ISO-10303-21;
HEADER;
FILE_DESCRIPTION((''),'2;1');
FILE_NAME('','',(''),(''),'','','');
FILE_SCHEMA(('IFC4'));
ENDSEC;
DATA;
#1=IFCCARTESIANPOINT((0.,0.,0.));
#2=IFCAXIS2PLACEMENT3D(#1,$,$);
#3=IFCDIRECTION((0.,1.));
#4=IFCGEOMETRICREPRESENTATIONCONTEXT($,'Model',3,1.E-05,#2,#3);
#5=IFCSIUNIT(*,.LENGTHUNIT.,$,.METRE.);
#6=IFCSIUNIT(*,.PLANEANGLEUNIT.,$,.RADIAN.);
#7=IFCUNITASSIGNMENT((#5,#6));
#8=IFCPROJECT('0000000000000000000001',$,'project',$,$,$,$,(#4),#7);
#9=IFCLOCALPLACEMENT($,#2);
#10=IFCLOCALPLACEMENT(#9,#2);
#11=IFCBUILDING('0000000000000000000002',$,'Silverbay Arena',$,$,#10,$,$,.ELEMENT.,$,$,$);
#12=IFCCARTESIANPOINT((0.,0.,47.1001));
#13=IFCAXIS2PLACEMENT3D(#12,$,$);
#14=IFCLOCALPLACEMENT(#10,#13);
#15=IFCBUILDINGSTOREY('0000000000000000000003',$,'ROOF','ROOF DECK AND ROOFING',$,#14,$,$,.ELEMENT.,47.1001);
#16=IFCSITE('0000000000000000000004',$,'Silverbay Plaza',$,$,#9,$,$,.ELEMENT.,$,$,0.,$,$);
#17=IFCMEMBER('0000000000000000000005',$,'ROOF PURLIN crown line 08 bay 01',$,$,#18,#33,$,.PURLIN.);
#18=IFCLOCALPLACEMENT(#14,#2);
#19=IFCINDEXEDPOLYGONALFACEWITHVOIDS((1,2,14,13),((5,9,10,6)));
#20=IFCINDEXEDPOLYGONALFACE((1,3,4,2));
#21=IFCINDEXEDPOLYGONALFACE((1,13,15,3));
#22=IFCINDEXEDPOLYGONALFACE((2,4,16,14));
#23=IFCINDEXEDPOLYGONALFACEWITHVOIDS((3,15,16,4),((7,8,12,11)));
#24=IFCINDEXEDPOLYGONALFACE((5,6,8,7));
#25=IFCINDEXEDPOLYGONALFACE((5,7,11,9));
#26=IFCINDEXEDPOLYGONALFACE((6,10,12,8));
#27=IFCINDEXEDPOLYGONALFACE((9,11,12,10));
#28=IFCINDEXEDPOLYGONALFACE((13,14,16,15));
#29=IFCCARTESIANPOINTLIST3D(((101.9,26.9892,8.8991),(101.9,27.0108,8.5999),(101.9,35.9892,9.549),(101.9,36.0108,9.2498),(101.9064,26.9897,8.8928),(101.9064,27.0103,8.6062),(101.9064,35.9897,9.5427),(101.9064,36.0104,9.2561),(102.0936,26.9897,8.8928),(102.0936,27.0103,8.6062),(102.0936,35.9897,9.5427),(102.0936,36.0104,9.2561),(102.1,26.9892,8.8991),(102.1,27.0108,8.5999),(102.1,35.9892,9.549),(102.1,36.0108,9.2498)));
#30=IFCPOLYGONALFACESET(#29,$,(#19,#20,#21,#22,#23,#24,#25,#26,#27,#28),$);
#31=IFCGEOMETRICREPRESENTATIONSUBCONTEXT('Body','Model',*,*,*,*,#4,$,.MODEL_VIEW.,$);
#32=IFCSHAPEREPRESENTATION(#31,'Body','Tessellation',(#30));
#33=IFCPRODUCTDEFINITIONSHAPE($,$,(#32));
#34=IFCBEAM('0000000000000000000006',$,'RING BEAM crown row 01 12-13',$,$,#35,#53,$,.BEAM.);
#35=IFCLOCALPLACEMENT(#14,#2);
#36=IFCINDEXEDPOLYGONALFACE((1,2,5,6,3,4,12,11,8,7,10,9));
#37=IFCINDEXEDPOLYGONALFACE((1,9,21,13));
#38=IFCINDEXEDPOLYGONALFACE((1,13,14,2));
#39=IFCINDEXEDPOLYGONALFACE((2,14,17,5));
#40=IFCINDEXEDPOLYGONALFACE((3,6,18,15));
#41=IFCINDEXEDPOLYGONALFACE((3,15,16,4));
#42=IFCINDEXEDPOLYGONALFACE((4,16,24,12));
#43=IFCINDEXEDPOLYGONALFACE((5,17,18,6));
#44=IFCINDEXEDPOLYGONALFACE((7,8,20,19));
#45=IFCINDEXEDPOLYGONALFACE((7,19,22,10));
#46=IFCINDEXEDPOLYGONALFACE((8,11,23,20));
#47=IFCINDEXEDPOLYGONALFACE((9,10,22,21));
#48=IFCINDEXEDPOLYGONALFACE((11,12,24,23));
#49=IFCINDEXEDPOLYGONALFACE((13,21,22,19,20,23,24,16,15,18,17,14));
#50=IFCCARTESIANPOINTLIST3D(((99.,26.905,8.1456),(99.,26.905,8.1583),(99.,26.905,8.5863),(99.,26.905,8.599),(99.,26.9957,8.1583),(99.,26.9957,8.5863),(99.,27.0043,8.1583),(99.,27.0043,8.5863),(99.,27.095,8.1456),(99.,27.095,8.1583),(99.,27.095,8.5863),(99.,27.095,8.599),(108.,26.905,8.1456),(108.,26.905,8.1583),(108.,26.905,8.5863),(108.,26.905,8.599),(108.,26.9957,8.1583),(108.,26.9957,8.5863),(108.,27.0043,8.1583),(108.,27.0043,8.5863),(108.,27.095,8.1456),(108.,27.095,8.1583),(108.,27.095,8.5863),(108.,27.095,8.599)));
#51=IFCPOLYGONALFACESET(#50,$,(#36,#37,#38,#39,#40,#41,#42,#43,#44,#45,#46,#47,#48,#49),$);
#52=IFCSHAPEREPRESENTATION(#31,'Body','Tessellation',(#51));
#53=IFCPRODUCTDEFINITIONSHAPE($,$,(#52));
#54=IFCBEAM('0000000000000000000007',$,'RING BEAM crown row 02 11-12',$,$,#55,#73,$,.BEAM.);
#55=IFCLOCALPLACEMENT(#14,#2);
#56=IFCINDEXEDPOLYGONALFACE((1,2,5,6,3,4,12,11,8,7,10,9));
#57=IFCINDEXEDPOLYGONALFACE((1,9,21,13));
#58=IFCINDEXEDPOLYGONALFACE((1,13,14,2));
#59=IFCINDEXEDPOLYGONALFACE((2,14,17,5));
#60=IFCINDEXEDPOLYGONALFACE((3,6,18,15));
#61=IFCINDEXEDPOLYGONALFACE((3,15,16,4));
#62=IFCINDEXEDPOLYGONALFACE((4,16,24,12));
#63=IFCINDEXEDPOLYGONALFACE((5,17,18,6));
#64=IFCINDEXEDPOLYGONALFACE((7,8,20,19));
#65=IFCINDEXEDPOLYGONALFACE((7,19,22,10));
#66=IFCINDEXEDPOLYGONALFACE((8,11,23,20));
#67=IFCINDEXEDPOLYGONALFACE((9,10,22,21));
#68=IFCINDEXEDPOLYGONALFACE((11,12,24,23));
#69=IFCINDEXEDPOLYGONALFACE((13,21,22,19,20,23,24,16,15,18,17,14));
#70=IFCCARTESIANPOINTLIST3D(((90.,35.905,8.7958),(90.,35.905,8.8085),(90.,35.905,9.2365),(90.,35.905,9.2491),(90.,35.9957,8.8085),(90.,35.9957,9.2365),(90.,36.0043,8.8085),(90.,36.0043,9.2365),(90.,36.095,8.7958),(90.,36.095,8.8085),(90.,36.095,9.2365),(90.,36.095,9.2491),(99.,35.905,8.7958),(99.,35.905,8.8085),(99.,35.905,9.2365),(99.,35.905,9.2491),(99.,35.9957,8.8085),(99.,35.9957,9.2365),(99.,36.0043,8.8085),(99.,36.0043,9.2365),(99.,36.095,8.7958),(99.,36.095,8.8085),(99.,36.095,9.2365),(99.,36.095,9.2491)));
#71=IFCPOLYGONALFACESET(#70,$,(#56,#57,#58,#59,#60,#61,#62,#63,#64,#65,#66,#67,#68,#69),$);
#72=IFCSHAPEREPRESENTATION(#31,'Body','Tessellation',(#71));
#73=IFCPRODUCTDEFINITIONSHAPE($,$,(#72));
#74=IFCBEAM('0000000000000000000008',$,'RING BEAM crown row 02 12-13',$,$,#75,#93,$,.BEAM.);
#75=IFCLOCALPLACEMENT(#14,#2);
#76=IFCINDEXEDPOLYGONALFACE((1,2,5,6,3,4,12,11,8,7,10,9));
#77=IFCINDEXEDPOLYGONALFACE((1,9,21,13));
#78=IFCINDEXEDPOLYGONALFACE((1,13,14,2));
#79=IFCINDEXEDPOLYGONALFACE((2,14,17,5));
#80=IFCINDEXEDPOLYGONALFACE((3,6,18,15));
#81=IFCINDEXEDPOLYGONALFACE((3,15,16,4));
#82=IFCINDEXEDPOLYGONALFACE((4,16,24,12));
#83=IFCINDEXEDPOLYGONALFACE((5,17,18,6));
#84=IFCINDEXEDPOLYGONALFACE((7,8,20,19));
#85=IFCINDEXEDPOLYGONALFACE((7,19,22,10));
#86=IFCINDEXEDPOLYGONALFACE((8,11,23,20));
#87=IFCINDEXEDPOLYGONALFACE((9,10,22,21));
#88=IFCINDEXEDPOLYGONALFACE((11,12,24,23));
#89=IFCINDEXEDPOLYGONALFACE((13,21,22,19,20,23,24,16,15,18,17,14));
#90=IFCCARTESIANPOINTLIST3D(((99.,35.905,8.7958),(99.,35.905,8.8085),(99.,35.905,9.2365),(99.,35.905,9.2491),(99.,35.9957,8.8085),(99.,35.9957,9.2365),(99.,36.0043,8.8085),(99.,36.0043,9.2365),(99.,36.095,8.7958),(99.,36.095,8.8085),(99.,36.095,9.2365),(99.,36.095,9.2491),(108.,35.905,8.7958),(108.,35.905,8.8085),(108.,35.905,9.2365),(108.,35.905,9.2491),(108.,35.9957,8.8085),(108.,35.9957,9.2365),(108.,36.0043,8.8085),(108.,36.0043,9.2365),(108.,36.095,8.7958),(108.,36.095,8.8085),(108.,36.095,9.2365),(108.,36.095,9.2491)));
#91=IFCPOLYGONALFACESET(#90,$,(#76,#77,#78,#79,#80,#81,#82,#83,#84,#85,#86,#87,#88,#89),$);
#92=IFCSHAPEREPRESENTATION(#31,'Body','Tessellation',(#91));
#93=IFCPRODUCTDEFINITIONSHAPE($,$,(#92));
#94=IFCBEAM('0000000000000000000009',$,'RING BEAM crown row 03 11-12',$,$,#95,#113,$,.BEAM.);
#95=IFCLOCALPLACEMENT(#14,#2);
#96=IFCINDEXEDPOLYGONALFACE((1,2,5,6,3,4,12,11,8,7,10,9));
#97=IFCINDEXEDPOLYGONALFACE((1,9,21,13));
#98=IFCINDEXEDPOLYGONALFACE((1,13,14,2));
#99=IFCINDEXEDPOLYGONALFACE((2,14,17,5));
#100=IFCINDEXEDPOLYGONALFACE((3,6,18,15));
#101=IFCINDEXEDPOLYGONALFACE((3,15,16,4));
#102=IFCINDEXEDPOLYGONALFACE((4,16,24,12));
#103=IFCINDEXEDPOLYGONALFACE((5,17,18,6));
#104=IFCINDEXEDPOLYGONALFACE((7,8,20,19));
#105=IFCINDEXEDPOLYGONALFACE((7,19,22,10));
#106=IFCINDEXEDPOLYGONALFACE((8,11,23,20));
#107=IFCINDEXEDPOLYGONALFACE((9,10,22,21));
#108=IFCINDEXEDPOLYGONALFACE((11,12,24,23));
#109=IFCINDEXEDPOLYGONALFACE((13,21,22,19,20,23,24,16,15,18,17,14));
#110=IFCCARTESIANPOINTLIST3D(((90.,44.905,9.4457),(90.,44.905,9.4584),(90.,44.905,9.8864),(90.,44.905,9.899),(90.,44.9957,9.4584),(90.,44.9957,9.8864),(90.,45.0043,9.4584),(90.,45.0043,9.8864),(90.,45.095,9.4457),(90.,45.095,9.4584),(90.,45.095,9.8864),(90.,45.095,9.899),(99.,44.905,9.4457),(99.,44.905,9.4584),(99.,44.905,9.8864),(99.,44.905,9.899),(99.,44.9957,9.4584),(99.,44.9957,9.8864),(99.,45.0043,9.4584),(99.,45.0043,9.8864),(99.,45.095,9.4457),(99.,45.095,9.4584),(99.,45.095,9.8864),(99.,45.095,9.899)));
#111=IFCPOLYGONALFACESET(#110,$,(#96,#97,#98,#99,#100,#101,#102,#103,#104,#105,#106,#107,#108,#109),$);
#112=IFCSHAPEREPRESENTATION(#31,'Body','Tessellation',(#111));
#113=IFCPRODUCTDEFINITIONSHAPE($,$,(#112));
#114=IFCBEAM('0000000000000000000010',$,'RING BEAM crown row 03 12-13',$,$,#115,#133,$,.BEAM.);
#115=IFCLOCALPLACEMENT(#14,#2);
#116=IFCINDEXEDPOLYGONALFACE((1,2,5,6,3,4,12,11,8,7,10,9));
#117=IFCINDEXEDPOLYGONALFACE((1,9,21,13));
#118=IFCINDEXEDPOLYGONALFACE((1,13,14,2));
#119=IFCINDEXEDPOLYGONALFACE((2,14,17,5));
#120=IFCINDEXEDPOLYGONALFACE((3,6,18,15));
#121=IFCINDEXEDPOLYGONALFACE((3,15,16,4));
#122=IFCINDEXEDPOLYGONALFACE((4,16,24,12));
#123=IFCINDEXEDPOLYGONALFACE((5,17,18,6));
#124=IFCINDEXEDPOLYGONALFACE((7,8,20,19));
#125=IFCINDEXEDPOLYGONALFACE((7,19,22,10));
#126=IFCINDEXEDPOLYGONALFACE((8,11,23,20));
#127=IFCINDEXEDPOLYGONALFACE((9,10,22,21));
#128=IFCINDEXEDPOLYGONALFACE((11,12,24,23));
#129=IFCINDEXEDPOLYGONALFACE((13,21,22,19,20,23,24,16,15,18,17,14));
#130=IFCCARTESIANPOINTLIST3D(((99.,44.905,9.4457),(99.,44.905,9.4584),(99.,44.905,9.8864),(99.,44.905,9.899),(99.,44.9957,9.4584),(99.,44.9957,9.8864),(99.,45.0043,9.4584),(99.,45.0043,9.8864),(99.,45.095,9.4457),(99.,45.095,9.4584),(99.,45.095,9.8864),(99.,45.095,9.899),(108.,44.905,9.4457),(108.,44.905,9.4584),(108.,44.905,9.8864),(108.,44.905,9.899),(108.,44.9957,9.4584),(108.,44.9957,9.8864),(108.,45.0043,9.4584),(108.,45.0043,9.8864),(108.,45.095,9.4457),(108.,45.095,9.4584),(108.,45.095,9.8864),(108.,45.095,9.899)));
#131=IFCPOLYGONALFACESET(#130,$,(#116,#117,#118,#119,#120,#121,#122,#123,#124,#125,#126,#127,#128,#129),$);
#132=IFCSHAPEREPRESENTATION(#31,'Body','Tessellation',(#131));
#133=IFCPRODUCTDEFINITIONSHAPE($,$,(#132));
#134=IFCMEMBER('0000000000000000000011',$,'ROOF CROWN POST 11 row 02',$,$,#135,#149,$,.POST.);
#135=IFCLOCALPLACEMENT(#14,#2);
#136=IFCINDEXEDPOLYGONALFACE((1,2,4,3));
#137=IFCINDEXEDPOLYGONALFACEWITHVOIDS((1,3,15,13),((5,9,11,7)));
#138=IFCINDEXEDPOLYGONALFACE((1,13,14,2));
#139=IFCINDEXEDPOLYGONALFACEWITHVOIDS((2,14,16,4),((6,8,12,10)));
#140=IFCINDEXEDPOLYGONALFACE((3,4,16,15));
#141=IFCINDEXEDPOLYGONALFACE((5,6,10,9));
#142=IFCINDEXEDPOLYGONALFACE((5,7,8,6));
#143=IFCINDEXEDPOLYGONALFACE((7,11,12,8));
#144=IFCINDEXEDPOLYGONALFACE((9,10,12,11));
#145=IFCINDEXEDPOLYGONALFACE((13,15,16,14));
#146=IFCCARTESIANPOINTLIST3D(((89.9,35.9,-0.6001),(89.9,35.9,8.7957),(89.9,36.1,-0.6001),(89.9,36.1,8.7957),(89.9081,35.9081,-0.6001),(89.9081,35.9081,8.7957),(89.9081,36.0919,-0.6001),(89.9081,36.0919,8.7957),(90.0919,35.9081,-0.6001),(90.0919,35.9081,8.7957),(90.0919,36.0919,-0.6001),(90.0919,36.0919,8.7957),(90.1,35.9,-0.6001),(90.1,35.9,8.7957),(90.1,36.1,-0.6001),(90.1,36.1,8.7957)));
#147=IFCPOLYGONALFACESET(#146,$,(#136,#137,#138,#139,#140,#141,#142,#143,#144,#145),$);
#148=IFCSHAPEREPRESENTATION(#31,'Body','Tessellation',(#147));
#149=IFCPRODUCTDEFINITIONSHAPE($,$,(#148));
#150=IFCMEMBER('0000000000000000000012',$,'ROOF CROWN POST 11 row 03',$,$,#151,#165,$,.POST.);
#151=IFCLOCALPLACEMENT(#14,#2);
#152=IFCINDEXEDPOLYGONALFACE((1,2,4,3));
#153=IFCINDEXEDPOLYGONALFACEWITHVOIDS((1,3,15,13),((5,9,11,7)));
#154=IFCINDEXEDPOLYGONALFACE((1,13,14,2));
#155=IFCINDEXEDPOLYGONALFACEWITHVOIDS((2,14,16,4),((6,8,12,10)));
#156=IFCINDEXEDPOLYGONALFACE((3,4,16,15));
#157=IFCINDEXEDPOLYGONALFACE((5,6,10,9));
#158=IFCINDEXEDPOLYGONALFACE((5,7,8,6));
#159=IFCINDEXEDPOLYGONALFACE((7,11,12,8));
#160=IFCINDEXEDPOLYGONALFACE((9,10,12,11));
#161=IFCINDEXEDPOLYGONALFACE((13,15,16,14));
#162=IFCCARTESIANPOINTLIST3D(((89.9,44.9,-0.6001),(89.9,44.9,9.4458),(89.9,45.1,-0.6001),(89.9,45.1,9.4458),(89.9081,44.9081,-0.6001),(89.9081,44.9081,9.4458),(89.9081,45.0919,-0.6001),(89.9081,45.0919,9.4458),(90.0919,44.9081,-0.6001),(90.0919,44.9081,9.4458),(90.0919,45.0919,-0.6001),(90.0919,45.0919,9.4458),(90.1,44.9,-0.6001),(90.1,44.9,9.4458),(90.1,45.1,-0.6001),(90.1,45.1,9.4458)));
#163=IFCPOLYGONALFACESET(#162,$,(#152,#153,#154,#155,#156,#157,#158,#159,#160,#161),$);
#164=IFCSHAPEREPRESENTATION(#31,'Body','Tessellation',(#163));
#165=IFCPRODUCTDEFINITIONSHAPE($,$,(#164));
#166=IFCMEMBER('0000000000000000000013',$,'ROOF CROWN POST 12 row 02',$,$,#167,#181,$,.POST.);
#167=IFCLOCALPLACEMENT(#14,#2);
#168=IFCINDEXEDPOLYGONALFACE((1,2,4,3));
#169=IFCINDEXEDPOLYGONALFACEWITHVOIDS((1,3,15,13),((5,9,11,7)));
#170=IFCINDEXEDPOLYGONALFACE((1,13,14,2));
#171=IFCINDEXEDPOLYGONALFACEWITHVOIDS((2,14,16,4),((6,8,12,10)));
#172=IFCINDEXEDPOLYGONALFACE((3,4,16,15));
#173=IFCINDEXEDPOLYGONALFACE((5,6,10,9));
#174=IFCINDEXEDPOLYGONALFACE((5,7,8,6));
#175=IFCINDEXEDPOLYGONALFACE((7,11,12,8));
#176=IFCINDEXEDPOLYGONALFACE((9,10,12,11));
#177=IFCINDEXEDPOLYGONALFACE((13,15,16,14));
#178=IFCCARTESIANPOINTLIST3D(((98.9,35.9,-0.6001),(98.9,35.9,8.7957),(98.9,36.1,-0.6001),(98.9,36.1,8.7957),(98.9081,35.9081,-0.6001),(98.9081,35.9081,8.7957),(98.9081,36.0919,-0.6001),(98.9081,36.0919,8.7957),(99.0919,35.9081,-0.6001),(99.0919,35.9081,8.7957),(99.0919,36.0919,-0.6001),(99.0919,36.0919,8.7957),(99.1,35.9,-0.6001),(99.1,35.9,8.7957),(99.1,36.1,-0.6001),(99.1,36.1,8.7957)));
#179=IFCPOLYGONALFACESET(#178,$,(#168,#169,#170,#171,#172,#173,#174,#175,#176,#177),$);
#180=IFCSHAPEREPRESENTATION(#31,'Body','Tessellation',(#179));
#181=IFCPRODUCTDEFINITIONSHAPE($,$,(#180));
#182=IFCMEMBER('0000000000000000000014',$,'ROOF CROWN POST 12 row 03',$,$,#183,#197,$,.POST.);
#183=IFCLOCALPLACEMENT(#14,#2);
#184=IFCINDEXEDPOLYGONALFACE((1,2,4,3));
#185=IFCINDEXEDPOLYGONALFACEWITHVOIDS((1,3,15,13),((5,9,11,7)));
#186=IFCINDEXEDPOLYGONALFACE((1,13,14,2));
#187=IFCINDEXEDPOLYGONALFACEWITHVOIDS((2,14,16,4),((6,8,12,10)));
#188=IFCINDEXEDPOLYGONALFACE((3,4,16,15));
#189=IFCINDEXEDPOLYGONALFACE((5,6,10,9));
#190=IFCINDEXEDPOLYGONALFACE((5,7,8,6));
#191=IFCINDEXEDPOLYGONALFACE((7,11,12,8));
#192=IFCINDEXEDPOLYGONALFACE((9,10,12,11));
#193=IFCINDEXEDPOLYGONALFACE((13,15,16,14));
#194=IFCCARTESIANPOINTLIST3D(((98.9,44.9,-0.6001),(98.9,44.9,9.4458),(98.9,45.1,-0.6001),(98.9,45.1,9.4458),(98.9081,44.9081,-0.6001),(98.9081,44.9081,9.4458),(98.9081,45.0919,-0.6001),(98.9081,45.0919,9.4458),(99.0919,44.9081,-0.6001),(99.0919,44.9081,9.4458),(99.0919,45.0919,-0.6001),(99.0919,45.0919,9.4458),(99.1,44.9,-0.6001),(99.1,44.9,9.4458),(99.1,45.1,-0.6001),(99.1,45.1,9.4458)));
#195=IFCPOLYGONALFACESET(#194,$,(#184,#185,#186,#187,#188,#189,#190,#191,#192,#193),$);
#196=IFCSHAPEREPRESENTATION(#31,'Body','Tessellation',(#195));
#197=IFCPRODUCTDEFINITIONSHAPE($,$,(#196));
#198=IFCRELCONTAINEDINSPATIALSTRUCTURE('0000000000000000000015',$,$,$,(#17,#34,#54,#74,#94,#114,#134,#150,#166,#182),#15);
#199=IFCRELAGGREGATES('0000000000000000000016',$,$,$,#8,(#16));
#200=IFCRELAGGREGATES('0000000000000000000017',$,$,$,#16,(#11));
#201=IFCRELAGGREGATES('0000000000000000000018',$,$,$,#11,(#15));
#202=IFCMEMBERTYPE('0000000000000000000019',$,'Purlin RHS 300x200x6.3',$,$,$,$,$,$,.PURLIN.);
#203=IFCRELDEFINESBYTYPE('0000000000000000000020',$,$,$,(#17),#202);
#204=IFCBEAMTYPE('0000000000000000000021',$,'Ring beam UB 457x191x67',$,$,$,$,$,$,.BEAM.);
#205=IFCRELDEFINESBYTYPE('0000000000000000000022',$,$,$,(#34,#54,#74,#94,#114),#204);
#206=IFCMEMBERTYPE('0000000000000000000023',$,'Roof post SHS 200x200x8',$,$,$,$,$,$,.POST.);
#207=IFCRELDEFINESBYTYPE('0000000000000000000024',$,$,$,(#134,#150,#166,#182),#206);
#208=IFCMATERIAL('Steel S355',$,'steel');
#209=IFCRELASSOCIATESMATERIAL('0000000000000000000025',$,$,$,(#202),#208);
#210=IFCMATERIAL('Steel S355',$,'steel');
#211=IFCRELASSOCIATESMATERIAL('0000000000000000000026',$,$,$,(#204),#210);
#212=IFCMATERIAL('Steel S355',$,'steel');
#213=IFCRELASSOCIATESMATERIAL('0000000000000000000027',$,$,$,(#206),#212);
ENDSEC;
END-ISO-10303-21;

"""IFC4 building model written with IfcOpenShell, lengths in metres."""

from ifc_helpers import new_model, si_unit, direction, frame, origin, origin_2d, place, context, subcontext, project, spatial, hollow_rectangle, i_section, extrude, material, material_profile, profile_set, type_object, element, save


model = new_model("IFC4")

# Units and contexts
model_context = context("Model", 3, precision=1e-05, world=origin(), true_north=direction((0.0, 1.0)))
body_context = subcontext(model_context, "Body", "Model", "MODEL_VIEW")
ifc_project = project(units=[si_unit("LENGTHUNIT", "METRE"), si_unit("PLANEANGLEUNIT", "RADIAN")], contexts=[model_context])

# Site, building, storey
site_placement = place(None, origin())
site = spatial("IfcSite", under=ifc_project, at=site_placement, Name="Silverbay Plaza", CompositionType="ELEMENT", RefElevation=0.0)
building_placement = place(site_placement, origin())
building = spatial("IfcBuilding", under=site, at=building_placement, Name="Silverbay Arena", CompositionType="ELEMENT")
storey_placement = place(building_placement, frame((0.0, 0.0, 47.1001)))
storey = spatial("IfcBuildingStorey", under=building, at=storey_placement, Name="ROOF", Description="ROOF DECK AND ROOFING", CompositionType="ELEMENT", Elevation=47.1001)

# Member
ifc_material_1 = material(Name="Steel S355", Category="steel")
ifc_material_profile_1 = material_profile(ifc_material_1, hollow_rectangle(XDim=0.2, YDim=0.3, WallThickness=0.0063, at=origin_2d()), Name="RHS 300x200x6.3")
ifc_profile_set_1 = profile_set([ifc_material_profile_1], Name="Steel S355")
member_type_1 = type_object("IfcMemberType", Name="Purlin RHS 300x200x6.3", PredefinedType="PURLIN", material=ifc_profile_set_1)
for number, where, z_axis, x_axis, name in (
    (1, (102.0, 27.0, 8.7495), (0.0, 0.997403, 0.072024), (-1.0, 0.0, 0.0), "ROOF PURLIN crown line 08 bay 01"),
):
    element("IfcMember", number, at=place(storey_placement, frame(where, z_axis=z_axis, x_axis=x_axis)), inside=storey, type_object=member_type_1, Name=name, PredefinedType="PURLIN", context=body_context, shape_type="SweptSolid", body=[
        extrude(hollow_rectangle(XDim=0.2, YDim=0.3, WallThickness=0.0063, at=origin_2d()), origin(), (0.0, 0.0, 1.0), 9.0234),
    ])

# Beams
ifc_material_2 = material(Name="Steel S355", Category="steel")
ifc_material_profile_2 = material_profile(ifc_material_2, i_section(OverallWidth=0.1899, OverallDepth=0.4534, WebThickness=0.0085, FlangeThickness=0.0127, at=origin_2d()), Name="UB 457x191x67")
ifc_profile_set_2 = profile_set([ifc_material_profile_2], Name="Steel S355")
beam_type = type_object("IfcBeamType", Name="Ring beam UB 457x191x67", PredefinedType="BEAM", material=ifc_profile_set_2)
for number, where, z_axis, x_axis, name in (
    (2, (99.0, 27.0, 8.3723), (1.0, 0.0, 0.0), (0.0, 1.0, 0.0), "RING BEAM crown row 01 12-13"),
    (3, (90.0, 36.0, 9.0225), (1.0, 0.0, 0.0), (0.0, 1.0, 0.0), "RING BEAM crown row 02 11-12"),
    (4, (99.0, 36.0, 9.0225), (1.0, 0.0, 0.0), (0.0, 1.0, 0.0), "RING BEAM crown row 02 12-13"),
    (5, (90.0, 45.0, 9.6724), (1.0, 0.0, 0.0), (0.0, 1.0, 0.0), "RING BEAM crown row 03 11-12"),
    (6, (99.0, 45.0, 9.6724), (1.0, 0.0, 0.0), (0.0, 1.0, 0.0), "RING BEAM crown row 03 12-13"),
):
    element("IfcBeam", number, at=place(storey_placement, frame(where, z_axis=z_axis, x_axis=x_axis)), inside=storey, type_object=beam_type, Name=name, PredefinedType="BEAM", context=body_context, shape_type="SweptSolid", body=[
        extrude(i_section(OverallWidth=0.1899, OverallDepth=0.4534, WebThickness=0.0085, FlangeThickness=0.0127, at=origin_2d()), origin(), (0.0, 0.0, 1.0), 9.0),
    ])

# Members
ifc_material_3 = material(Name="Steel S355", Category="steel")
ifc_material_profile_3 = material_profile(ifc_material_3, hollow_rectangle(XDim=0.2, YDim=0.2, WallThickness=0.0081, at=origin_2d()), Name="SHS 200x200x8")
ifc_profile_set_3 = profile_set([ifc_material_profile_3], Name="Steel S355")
member_type_2 = type_object("IfcMemberType", Name="Roof post SHS 200x200x8", PredefinedType="POST", material=ifc_profile_set_3)
member_1_placement = place(storey_placement, frame((90.0, 36.0, -0.6001), z_axis=(0.0, 0.0, 1.0), x_axis=(1.0, 0.0, 0.0)))
element("IfcMember", 7, at=member_1_placement, inside=storey, type_object=member_type_2, Name="ROOF CROWN POST 11 row 02", PredefinedType="POST", context=body_context, shape_type="SweptSolid", body=[
    extrude(hollow_rectangle(XDim=0.2, YDim=0.2, WallThickness=0.0081, at=origin_2d()), origin(), (0.0, 0.0, 1.0), 9.3958),
])
member_2_placement = place(storey_placement, frame((90.0, 45.0, -0.6001), z_axis=(0.0, 0.0, 1.0), x_axis=(1.0, 0.0, 0.0)))
element("IfcMember", 8, at=member_2_placement, inside=storey, type_object=member_type_2, Name="ROOF CROWN POST 11 row 03", PredefinedType="POST", context=body_context, shape_type="SweptSolid", body=[
    extrude(hollow_rectangle(XDim=0.2, YDim=0.2, WallThickness=0.0081, at=origin_2d()), origin(), (0.0, 0.0, 1.0), 10.0459),
])
member_3_placement = place(storey_placement, frame((99.0, 36.0, -0.6001), z_axis=(0.0, 0.0, 1.0), x_axis=(1.0, 0.0, 0.0)))
element("IfcMember", 9, at=member_3_placement, inside=storey, type_object=member_type_2, Name="ROOF CROWN POST 12 row 02", PredefinedType="POST", context=body_context, shape_type="SweptSolid", body=[
    extrude(hollow_rectangle(XDim=0.2, YDim=0.2, WallThickness=0.0081, at=origin_2d()), origin(), (0.0, 0.0, 1.0), 9.3958),
])
member_4_placement = place(storey_placement, frame((99.0, 45.0, -0.6001), z_axis=(0.0, 0.0, 1.0), x_axis=(1.0, 0.0, 0.0)))
element("IfcMember", 10, at=member_4_placement, inside=storey, type_object=member_type_2, Name="ROOF CROWN POST 12 row 03", PredefinedType="POST", context=body_context, shape_type="SweptSolid", body=[
    extrude(hollow_rectangle(XDim=0.2, YDim=0.2, WallThickness=0.0081, at=origin_2d()), origin(), (0.0, 0.0, 1.0), 10.0459),
])

save(model, "model.ifc")
